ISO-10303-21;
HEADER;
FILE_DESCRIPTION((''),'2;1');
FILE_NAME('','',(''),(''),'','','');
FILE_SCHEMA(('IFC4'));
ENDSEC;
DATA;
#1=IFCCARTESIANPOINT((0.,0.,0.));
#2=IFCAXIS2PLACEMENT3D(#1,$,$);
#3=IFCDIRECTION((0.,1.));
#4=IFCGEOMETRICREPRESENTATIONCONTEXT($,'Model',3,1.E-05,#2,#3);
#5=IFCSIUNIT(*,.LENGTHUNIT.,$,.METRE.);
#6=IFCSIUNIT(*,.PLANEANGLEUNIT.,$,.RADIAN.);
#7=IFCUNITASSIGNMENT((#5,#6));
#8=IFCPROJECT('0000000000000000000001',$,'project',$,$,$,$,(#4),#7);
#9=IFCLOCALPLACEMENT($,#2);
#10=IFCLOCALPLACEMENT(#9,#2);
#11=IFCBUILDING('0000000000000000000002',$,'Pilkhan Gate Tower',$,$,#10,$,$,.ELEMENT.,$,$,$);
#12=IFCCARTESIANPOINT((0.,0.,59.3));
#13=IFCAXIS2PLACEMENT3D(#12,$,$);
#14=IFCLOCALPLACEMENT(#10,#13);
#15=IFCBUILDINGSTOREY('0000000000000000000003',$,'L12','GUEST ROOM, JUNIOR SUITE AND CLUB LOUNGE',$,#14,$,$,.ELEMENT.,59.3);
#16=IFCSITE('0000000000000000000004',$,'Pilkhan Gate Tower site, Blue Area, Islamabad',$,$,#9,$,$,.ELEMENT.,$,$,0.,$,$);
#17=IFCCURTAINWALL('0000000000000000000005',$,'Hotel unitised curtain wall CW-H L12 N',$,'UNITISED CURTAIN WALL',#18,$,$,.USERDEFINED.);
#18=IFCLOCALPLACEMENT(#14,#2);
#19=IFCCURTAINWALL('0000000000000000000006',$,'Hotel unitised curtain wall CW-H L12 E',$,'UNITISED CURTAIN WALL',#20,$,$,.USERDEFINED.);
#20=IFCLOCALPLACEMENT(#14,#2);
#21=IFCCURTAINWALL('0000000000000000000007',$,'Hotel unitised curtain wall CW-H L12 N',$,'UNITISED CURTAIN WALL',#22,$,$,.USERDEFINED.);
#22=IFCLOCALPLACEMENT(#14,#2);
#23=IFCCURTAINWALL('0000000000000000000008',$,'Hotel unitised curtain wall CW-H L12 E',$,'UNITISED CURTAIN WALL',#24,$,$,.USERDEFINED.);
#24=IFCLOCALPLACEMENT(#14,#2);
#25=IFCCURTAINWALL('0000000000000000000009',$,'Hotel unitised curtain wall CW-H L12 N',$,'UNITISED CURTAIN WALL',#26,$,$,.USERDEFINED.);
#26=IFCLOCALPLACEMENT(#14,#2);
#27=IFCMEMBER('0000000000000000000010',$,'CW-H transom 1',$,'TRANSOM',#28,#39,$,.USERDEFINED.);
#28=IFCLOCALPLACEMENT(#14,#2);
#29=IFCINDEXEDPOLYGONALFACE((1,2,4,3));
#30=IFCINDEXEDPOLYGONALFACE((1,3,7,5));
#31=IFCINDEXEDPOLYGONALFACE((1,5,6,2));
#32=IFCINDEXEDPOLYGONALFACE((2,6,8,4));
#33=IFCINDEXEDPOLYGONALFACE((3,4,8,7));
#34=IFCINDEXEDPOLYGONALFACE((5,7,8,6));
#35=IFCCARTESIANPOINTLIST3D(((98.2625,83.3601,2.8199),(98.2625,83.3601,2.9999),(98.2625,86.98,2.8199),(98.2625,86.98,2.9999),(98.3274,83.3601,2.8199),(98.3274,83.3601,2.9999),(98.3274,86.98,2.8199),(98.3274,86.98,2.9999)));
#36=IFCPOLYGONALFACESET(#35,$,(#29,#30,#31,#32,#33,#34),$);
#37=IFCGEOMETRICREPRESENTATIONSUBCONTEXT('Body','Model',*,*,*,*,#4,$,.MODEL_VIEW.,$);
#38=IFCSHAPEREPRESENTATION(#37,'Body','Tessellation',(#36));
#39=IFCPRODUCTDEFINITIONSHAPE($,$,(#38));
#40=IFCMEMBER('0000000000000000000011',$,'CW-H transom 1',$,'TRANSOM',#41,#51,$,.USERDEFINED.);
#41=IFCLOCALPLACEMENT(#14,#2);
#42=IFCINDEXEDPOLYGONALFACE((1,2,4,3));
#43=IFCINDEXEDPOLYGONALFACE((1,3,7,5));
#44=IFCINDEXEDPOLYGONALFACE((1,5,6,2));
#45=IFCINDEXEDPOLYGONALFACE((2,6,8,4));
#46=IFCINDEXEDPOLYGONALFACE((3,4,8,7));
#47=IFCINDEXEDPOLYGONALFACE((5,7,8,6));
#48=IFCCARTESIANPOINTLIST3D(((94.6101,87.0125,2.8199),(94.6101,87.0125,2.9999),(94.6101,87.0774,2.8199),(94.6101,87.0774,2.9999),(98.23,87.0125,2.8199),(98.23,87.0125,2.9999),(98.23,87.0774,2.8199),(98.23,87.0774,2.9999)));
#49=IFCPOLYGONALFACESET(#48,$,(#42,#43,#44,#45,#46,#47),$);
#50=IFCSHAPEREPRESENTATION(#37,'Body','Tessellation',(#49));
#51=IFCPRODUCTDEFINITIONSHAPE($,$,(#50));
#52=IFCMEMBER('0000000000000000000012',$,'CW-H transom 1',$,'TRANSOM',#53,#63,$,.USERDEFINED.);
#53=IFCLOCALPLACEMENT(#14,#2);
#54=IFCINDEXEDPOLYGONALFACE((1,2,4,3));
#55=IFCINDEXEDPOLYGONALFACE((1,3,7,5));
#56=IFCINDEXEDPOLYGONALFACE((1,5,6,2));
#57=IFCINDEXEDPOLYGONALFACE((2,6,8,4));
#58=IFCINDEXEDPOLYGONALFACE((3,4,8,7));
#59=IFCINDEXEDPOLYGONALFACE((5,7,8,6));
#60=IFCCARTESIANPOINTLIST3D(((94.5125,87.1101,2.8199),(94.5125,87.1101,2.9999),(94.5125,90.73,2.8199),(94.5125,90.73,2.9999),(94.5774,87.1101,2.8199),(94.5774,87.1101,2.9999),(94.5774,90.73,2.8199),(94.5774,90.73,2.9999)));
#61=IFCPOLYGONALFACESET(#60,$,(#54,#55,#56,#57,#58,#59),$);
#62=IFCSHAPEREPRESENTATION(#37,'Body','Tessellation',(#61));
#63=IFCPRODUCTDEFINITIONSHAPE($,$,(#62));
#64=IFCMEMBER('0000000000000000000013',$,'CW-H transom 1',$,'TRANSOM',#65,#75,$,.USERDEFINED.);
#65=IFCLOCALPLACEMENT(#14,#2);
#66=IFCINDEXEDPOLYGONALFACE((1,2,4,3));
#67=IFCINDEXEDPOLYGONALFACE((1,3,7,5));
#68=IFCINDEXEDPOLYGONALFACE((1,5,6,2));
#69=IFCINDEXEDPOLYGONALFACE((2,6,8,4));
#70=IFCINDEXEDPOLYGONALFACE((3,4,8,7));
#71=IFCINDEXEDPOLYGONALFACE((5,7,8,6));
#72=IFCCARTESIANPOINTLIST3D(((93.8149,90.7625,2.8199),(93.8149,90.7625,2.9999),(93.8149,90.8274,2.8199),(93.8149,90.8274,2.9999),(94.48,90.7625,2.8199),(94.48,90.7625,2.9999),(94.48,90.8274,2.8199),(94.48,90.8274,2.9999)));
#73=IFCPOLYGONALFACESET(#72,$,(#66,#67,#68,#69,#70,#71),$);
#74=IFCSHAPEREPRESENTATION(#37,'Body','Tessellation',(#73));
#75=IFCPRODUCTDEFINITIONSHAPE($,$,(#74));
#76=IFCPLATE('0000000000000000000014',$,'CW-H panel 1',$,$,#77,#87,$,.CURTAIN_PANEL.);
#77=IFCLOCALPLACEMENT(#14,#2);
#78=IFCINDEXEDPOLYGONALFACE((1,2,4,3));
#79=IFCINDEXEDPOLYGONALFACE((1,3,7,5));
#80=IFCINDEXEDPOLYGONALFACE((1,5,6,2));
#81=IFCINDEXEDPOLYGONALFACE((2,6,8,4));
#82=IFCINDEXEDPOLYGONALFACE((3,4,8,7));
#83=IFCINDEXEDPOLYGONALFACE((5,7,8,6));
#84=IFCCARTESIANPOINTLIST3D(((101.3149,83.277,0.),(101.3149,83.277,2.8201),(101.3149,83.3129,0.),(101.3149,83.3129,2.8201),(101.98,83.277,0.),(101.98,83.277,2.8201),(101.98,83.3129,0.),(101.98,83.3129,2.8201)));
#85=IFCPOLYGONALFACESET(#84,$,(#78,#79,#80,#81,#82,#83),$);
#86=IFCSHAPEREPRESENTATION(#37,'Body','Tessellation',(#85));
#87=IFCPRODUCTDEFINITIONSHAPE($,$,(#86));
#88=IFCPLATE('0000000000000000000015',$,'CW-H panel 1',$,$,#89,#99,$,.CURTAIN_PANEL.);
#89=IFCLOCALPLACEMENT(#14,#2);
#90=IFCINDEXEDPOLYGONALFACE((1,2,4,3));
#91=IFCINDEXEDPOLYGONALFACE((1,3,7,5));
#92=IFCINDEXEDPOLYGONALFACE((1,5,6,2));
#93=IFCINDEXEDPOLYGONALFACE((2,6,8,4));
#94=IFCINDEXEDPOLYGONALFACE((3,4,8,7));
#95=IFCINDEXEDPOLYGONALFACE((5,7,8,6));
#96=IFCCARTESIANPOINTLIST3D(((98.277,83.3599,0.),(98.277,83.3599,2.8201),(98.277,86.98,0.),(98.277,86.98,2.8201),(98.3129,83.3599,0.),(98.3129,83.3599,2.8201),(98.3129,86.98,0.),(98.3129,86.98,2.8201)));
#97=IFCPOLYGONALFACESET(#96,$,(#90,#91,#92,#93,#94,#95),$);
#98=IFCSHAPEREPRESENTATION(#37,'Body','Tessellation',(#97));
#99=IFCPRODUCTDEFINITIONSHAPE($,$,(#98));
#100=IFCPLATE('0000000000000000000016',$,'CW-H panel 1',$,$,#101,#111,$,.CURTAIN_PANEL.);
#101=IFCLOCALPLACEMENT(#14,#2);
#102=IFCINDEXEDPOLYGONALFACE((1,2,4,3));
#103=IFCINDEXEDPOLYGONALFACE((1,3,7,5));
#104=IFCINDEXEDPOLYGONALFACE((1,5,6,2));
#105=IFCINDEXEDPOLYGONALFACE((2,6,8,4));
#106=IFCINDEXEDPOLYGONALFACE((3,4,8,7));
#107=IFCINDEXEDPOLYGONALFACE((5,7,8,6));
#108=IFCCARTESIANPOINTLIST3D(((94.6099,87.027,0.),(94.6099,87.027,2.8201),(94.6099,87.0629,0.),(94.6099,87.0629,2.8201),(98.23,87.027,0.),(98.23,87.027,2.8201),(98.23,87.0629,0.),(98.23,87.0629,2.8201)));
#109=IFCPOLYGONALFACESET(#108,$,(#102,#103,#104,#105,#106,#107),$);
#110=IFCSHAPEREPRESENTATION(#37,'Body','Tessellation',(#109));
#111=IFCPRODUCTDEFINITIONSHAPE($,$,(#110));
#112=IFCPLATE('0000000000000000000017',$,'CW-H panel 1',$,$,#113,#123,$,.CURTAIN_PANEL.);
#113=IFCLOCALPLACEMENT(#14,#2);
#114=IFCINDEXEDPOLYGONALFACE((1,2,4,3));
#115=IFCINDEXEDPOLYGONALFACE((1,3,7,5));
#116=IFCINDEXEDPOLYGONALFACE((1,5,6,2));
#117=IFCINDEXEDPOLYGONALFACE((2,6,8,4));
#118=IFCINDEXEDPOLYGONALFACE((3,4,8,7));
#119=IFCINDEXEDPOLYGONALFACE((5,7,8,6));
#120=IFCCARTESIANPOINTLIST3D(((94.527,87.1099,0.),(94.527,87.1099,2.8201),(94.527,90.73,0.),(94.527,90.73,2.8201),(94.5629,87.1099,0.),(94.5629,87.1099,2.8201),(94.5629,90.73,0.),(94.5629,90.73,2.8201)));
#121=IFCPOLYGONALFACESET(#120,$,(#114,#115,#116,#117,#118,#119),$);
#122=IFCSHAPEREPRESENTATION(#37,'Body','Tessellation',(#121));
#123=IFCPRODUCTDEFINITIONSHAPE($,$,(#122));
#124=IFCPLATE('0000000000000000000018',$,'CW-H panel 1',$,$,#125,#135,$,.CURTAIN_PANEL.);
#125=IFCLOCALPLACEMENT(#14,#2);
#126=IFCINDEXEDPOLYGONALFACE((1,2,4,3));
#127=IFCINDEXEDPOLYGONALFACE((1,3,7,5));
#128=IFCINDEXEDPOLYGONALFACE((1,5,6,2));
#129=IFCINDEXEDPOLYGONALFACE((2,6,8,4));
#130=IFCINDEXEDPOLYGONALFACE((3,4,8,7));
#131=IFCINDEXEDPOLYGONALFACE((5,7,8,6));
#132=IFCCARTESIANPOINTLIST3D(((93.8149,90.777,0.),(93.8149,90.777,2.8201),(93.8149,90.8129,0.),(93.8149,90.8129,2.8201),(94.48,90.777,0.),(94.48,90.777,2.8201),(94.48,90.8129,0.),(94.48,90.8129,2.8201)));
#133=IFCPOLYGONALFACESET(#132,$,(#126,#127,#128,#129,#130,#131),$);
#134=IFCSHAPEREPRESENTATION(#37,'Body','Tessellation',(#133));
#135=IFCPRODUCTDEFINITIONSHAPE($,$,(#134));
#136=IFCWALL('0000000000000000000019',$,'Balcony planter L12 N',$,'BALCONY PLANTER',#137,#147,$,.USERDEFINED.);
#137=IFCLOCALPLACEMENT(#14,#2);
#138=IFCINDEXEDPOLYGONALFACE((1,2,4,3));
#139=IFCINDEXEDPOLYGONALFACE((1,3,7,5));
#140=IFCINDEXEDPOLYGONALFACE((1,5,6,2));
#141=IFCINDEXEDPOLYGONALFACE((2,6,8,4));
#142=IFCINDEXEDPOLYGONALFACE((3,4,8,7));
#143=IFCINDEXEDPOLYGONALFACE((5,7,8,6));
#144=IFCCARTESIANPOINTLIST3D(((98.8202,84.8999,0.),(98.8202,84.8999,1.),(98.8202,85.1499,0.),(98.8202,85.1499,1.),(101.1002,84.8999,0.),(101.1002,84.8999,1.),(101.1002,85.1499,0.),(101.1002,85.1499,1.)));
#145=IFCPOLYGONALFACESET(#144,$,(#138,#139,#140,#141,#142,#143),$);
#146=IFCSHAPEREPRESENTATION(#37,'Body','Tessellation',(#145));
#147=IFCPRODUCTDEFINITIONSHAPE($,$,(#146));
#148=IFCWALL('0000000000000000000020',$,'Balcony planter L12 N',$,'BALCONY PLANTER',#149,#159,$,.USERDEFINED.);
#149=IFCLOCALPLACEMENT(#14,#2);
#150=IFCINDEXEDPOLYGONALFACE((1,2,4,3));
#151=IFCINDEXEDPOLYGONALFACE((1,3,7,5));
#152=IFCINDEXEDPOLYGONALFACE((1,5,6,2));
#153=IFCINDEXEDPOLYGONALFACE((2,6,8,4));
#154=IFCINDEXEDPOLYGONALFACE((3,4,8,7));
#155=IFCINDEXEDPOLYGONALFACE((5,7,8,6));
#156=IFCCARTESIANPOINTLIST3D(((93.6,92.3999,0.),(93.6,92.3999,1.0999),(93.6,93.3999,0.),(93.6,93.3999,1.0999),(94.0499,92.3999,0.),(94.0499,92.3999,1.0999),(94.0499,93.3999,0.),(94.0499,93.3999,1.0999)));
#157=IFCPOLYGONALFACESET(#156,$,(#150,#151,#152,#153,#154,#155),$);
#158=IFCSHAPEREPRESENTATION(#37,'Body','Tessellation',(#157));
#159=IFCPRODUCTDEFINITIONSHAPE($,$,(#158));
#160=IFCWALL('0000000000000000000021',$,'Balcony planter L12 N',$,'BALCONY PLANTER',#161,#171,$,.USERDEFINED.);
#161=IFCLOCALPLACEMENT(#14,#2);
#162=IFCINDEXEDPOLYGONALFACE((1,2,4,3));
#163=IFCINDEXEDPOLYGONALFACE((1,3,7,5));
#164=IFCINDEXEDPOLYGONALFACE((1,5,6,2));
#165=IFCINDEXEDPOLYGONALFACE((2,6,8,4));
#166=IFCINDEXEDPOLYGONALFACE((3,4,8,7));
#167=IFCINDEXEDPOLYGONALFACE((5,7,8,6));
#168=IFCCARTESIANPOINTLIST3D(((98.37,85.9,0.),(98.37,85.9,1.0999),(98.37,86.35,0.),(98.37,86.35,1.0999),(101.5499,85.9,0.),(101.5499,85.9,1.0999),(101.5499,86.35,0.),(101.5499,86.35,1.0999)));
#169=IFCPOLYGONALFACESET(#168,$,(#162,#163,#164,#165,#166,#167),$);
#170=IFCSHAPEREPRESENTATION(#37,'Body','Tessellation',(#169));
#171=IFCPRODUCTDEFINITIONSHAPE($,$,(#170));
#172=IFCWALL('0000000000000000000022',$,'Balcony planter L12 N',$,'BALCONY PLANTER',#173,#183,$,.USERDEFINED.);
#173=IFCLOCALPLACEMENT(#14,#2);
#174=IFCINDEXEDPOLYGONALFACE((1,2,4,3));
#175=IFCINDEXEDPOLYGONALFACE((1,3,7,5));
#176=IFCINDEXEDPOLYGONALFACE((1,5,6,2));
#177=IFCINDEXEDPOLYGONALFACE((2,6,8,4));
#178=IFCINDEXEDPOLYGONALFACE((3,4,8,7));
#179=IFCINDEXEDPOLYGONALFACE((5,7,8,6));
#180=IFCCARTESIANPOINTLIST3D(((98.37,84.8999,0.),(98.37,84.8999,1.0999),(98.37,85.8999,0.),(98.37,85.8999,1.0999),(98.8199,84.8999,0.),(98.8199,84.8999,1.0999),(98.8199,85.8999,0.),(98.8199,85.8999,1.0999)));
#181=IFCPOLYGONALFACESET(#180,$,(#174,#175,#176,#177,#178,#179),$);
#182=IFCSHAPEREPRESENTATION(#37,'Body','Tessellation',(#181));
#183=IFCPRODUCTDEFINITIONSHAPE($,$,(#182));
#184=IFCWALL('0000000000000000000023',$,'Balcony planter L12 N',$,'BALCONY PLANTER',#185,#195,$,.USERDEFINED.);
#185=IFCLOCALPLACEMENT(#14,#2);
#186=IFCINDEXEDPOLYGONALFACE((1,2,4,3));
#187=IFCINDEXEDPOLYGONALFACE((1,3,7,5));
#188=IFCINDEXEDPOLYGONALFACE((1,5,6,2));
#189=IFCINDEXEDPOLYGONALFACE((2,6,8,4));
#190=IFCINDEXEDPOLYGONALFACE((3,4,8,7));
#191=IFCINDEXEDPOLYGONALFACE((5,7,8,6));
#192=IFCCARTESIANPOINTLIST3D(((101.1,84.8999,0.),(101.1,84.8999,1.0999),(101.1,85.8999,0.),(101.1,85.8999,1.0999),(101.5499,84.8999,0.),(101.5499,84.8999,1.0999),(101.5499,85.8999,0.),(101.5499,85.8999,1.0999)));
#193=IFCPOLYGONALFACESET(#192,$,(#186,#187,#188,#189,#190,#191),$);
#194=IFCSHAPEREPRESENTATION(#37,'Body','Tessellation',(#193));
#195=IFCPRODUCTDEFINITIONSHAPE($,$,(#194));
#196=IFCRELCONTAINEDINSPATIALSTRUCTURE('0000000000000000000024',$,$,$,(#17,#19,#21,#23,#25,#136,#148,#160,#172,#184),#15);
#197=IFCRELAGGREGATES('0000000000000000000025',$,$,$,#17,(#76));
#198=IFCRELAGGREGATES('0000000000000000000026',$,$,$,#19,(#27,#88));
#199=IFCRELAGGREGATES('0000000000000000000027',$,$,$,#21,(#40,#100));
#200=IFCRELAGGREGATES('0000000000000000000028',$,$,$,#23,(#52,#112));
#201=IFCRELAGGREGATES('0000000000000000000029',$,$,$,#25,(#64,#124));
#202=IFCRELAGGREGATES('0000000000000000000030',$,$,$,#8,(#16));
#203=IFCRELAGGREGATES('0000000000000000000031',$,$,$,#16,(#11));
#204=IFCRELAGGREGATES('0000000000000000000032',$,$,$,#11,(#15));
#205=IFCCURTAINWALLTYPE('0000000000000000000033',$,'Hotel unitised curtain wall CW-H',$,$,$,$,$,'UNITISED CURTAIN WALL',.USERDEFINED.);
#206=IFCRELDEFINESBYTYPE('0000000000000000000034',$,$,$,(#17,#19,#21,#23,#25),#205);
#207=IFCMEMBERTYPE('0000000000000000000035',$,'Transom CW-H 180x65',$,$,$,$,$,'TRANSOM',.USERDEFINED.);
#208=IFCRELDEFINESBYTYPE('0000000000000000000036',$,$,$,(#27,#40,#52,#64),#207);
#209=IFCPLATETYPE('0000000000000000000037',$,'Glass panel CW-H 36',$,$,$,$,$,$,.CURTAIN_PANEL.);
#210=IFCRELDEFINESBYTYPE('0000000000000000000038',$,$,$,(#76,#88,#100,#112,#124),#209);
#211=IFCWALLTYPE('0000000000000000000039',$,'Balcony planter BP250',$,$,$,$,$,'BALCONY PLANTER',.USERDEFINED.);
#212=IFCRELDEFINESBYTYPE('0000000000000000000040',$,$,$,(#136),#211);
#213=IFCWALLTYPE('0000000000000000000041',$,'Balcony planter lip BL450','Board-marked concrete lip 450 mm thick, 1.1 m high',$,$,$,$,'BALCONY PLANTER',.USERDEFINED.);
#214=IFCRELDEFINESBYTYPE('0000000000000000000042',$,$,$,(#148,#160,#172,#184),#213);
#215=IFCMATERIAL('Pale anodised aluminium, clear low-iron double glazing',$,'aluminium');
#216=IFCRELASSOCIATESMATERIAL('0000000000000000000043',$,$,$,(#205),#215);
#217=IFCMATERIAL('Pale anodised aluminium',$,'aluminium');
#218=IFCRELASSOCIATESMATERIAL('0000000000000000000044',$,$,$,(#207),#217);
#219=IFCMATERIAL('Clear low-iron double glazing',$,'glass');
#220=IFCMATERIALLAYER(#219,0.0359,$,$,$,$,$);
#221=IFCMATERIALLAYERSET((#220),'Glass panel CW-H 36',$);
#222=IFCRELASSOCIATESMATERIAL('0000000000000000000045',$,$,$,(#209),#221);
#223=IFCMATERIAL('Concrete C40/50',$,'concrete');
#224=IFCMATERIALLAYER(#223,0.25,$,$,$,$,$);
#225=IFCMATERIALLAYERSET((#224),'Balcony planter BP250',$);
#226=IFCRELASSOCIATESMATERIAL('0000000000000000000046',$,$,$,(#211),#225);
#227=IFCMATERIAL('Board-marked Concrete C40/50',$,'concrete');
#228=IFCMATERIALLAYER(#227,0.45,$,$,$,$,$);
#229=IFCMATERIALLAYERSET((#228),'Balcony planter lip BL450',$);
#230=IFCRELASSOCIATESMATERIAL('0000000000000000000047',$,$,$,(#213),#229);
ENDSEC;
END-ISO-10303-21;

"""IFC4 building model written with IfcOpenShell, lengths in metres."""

from ifc_helpers import new_model, si_unit, direction, frame, frame_2d, origin, origin_2d, place, context, subcontext, project, spatial, rectangle, extrude, material, layer, layer_set, material_profile, profile_set, type_object, element, aggregate, save


model = new_model("IFC4")

# Units and contexts
model_context = context("Model", 3, precision=1e-05, world=origin(), true_north=direction((0.0, 1.0)))
body_context = subcontext(model_context, "Body", "Model", "MODEL_VIEW")
ifc_project = project(units=[si_unit("LENGTHUNIT", "METRE"), si_unit("PLANEANGLEUNIT", "RADIAN")], contexts=[model_context])

# Site, building, storey
site_placement = place(None, origin())
site = spatial("IfcSite", under=ifc_project, at=site_placement, Name="Pilkhan Gate Tower site, Blue Area, Islamabad", CompositionType="ELEMENT", RefElevation=0.0)
building_placement = place(site_placement, origin())
building = spatial("IfcBuilding", under=site, at=building_placement, Name="Pilkhan Gate Tower", CompositionType="ELEMENT")
storey_placement = place(building_placement, frame((0.0, 0.0, 59.3)))
storey = spatial("IfcBuildingStorey", under=building, at=storey_placement, Name="L12", Description="GUEST ROOM, JUNIOR SUITE AND CLUB LOUNGE", CompositionType="ELEMENT", Elevation=59.3)

# Curtain walls
ifc_material_1 = material(Name="Pale anodised aluminium, clear low-iron double glazing", Category="aluminium")
curtain_wall_type = type_object("IfcCurtainWallType", Name="Hotel unitised curtain wall CW-H", ElementType="UNITISED CURTAIN WALL", PredefinedType="USERDEFINED", material=ifc_material_1)
curtain_wall_1_placement = place(storey_placement, origin())
curtain_wall_1 = element("IfcCurtainWall", 1, at=curtain_wall_1_placement, inside=storey, type_object=curtain_wall_type, Name="Hotel unitised curtain wall CW-H L12 N", ObjectType="UNITISED CURTAIN WALL", PredefinedType="USERDEFINED")
ifc_material_2 = material(Name="Pale anodised aluminium", Category="aluminium")
curtain_wall_2_placement = place(storey_placement, origin())
curtain_wall_2 = element("IfcCurtainWall", 2, at=curtain_wall_2_placement, inside=storey, type_object=curtain_wall_type, Name="Hotel unitised curtain wall CW-H L12 E", ObjectType="UNITISED CURTAIN WALL", PredefinedType="USERDEFINED")
curtain_wall_3_placement = place(storey_placement, origin())
curtain_wall_3 = element("IfcCurtainWall", 3, at=curtain_wall_3_placement, inside=storey, type_object=curtain_wall_type, Name="Hotel unitised curtain wall CW-H L12 N", ObjectType="UNITISED CURTAIN WALL", PredefinedType="USERDEFINED")
curtain_wall_4_placement = place(storey_placement, origin())
curtain_wall_4 = element("IfcCurtainWall", 4, at=curtain_wall_4_placement, inside=storey, type_object=curtain_wall_type, Name="Hotel unitised curtain wall CW-H L12 E", ObjectType="UNITISED CURTAIN WALL", PredefinedType="USERDEFINED")
curtain_wall_5_placement = place(storey_placement, origin())
curtain_wall_5 = element("IfcCurtainWall", 5, at=curtain_wall_5_placement, inside=storey, type_object=curtain_wall_type, Name="Hotel unitised curtain wall CW-H L12 N", ObjectType="UNITISED CURTAIN WALL", PredefinedType="USERDEFINED")

# Members
ifc_material_profile_1 = material_profile(ifc_material_2, rectangle(XDim=0.0649, YDim=0.1799, at=origin_2d()), Name="Transom 180x65")
ifc_profile_set_1 = profile_set([ifc_material_profile_1], Name="Pale anodised aluminium")
member_type_1 = type_object("IfcMemberType", Name="Transom CW-H 180x65", ElementType="TRANSOM", PredefinedType="USERDEFINED", material=ifc_profile_set_1)
member_1_placement = place(storey_placement, frame((98.2949, 83.3601, 2.9099), z_axis=(0.0, 1.0, 0.0), x_axis=(-1.0, 0.0, 0.0)))
member_1 = element("IfcMember", 6, at=member_1_placement, type_object=member_type_1, Name="CW-H transom 1", ObjectType="TRANSOM", PredefinedType="USERDEFINED", context=body_context, shape_type="SweptSolid", body=[
    extrude(rectangle(XDim=0.0649, YDim=0.1799, at=origin_2d()), origin(), (0.0, 0.0, 1.0), 3.6199),
])
member_2_placement = place(storey_placement, frame((94.6101, 87.0449, 2.9099), z_axis=(1.0, 0.0, 0.0), x_axis=(0.0, 1.0, 0.0)))
member_2 = element("IfcMember", 7, at=member_2_placement, type_object=member_type_1, Name="CW-H transom 1", ObjectType="TRANSOM", PredefinedType="USERDEFINED", context=body_context, shape_type="SweptSolid", body=[
    extrude(rectangle(XDim=0.0649, YDim=0.1799, at=origin_2d()), origin(), (0.0, 0.0, 1.0), 3.6199),
])
member_3_placement = place(storey_placement, frame((94.5449, 87.1101, 2.9099), z_axis=(0.0, 1.0, 0.0), x_axis=(-1.0, 0.0, 0.0)))
member_3 = element("IfcMember", 8, at=member_3_placement, type_object=member_type_1, Name="CW-H transom 1", ObjectType="TRANSOM", PredefinedType="USERDEFINED", context=body_context, shape_type="SweptSolid", body=[
    extrude(rectangle(XDim=0.0649, YDim=0.1799, at=origin_2d()), origin(), (0.0, 0.0, 1.0), 3.6199),
])
member_4_placement = place(storey_placement, frame((93.8149, 90.7949, 2.9099), z_axis=(1.0, 0.0, 0.0), x_axis=(0.0, 1.0, 0.0)))
member_4 = element("IfcMember", 9, at=member_4_placement, type_object=member_type_1, Name="CW-H transom 1", ObjectType="TRANSOM", PredefinedType="USERDEFINED", context=body_context, shape_type="SweptSolid", body=[
    extrude(rectangle(XDim=0.0649, YDim=0.1799, at=origin_2d()), origin(), (0.0, 0.0, 1.0), 0.665),
])

# Plates
ifc_material_3 = material(Name="Clear low-iron double glazing", Category="glass")
ifc_layer_1 = layer(ifc_material_3, 0.0359)
ifc_layer_set_1 = layer_set([ifc_layer_1], Name="Glass panel CW-H 36")
plate_type = type_object("IfcPlateType", Name="Glass panel CW-H 36", PredefinedType="CURTAIN_PANEL", material=ifc_layer_set_1)
plate_1_placement = place(storey_placement, frame((101.6475, 83.2949, 0.0), z_axis=(0.0, 0.0, 1.0), x_axis=(1.0, 0.0, 0.0)))
plate_1 = element("IfcPlate", 10, at=plate_1_placement, type_object=plate_type, Name="CW-H panel 1", PredefinedType="CURTAIN_PANEL", context=body_context, shape_type="SweptSolid", body=[
    extrude(rectangle(XDim=0.665, YDim=0.0359, at=origin_2d()), origin(), (0.0, 0.0, 1.0), 2.8201),
])
aggregate(curtain_wall_1, [plate_1])
plate_2_placement = place(storey_placement, frame((98.2949, 85.1699, 0.0), z_axis=(0.0, 0.0, 1.0), x_axis=(0.0, 1.0, 0.0)))
plate_2 = element("IfcPlate", 11, at=plate_2_placement, type_object=plate_type, Name="CW-H panel 1", PredefinedType="CURTAIN_PANEL", context=body_context, shape_type="SweptSolid", body=[
    extrude(rectangle(XDim=3.6201, YDim=0.0359, at=origin_2d()), origin(), (0.0, 0.0, 1.0), 2.8201),
])
aggregate(curtain_wall_2, [member_1, plate_2])
plate_3_placement = place(storey_placement, frame((96.4199, 87.0449, 0.0), z_axis=(0.0, 0.0, 1.0), x_axis=(1.0, 0.0, 0.0)))
plate_3 = element("IfcPlate", 12, at=plate_3_placement, type_object=plate_type, Name="CW-H panel 1", PredefinedType="CURTAIN_PANEL", context=body_context, shape_type="SweptSolid", body=[
    extrude(rectangle(XDim=3.6201, YDim=0.0359, at=origin_2d()), origin(), (0.0, 0.0, 1.0), 2.8201),
])
aggregate(curtain_wall_3, [member_2, plate_3])
plate_4_placement = place(storey_placement, frame((94.5449, 88.9199, 0.0), z_axis=(0.0, 0.0, 1.0), x_axis=(0.0, 1.0, 0.0)))
plate_4 = element("IfcPlate", 13, at=plate_4_placement, type_object=plate_type, Name="CW-H panel 1", PredefinedType="CURTAIN_PANEL", context=body_context, shape_type="SweptSolid", body=[
    extrude(rectangle(XDim=3.6201, YDim=0.0359, at=origin_2d()), origin(), (0.0, 0.0, 1.0), 2.8201),
])
aggregate(curtain_wall_4, [member_3, plate_4])
plate_5_placement = place(storey_placement, frame((94.1475, 90.7949, 0.0), z_axis=(0.0, 0.0, 1.0), x_axis=(1.0, 0.0, 0.0)))
plate_5 = element("IfcPlate", 14, at=plate_5_placement, type_object=plate_type, Name="CW-H panel 1", PredefinedType="CURTAIN_PANEL", context=body_context, shape_type="SweptSolid", body=[
    extrude(rectangle(XDim=0.665, YDim=0.0359, at=origin_2d()), origin(), (0.0, 0.0, 1.0), 2.8201),
])
aggregate(curtain_wall_5, [member_4, plate_5])

# Walls
ifc_material_4 = material(Name="Concrete C40/50", Category="concrete")
ifc_layer_2 = layer(ifc_material_4, 0.25)
ifc_layer_set_2 = layer_set([ifc_layer_2], Name="Balcony planter BP250")
wall_type_1 = type_object("IfcWallType", Name="Balcony planter BP250", ElementType="BALCONY PLANTER", PredefinedType="USERDEFINED", material=ifc_layer_set_2)
wall_1_placement = place(storey_placement, frame((98.8201, 85.0249, 0.0), z_axis=(0.0, 0.0, 1.0), x_axis=(1.0, 0.0, 0.0)))
element("IfcWall", 15, at=wall_1_placement, inside=storey, type_object=wall_type_1, Name="Balcony planter L12 N", ObjectType="BALCONY PLANTER", PredefinedType="USERDEFINED", context=body_context, shape_type="SweptSolid", body=[
    extrude(rectangle(XDim=2.28, YDim=0.25, at=frame_2d((1.1401, 0.0))), origin(), (0.0, 0.0, 1.0), 1.0),
])
ifc_material_5 = material(Name="Board-marked Concrete C40/50", Category="concrete")
ifc_layer_3 = layer(ifc_material_5, 0.45)
ifc_layer_set_3 = layer_set([ifc_layer_3], Name="Balcony planter lip BL450")
wall_type_2 = type_object("IfcWallType", Name="Balcony planter lip BL450", Description="Board-marked concrete lip 450 mm thick, 1.1 m high", ElementType="BALCONY PLANTER", PredefinedType="USERDEFINED", material=ifc_layer_set_3)
wall_2_placement = place(storey_placement, frame((93.825, 92.3999, 0.0), z_axis=(0.0, 0.0, 1.0), x_axis=(0.0, 1.0, 0.0)))
element("IfcWall", 16, at=wall_2_placement, inside=storey, type_object=wall_type_2, Name="Balcony planter L12 N", ObjectType="BALCONY PLANTER", PredefinedType="USERDEFINED", context=body_context, shape_type="SweptSolid", body=[
    extrude(rectangle(XDim=1.0, YDim=0.45, at=frame_2d((0.5, 0.0))), origin(), (0.0, 0.0, 1.0), 1.0999),
])
wall_3_placement = place(storey_placement, frame((98.3701, 86.125, 0.0), z_axis=(0.0, 0.0, 1.0), x_axis=(1.0, 0.0, 0.0)))
element("IfcWall", 17, at=wall_3_placement, inside=storey, type_object=wall_type_2, Name="Balcony planter L12 N", ObjectType="BALCONY PLANTER", PredefinedType="USERDEFINED", context=body_context, shape_type="SweptSolid", body=[
    extrude(rectangle(XDim=3.1799, YDim=0.45, at=frame_2d((1.5898, 0.0))), origin(), (0.0, 0.0, 1.0), 1.0999),
])
for number, where, z_axis, x_axis, name in (
    (18, (98.595, 84.8999, 0.0), (0.0, 0.0, 1.0), (0.0, 1.0, 0.0), "Balcony planter L12 N"),
    (19, (101.325, 84.8999, 0.0), (0.0, 0.0, 1.0), (0.0, 1.0, 0.0), "Balcony planter L12 N"),
):
    element("IfcWall", number, at=place(storey_placement, frame(where, z_axis=z_axis, x_axis=x_axis)), inside=storey, type_object=wall_type_2, Name=name, ObjectType="BALCONY PLANTER", PredefinedType="USERDEFINED", context=body_context, shape_type="SweptSolid", body=[
        extrude(rectangle(XDim=1.0, YDim=0.45, at=frame_2d((0.5, 0.0))), origin(), (0.0, 0.0, 1.0), 1.0999),
    ])

save(model, "model.ifc")
